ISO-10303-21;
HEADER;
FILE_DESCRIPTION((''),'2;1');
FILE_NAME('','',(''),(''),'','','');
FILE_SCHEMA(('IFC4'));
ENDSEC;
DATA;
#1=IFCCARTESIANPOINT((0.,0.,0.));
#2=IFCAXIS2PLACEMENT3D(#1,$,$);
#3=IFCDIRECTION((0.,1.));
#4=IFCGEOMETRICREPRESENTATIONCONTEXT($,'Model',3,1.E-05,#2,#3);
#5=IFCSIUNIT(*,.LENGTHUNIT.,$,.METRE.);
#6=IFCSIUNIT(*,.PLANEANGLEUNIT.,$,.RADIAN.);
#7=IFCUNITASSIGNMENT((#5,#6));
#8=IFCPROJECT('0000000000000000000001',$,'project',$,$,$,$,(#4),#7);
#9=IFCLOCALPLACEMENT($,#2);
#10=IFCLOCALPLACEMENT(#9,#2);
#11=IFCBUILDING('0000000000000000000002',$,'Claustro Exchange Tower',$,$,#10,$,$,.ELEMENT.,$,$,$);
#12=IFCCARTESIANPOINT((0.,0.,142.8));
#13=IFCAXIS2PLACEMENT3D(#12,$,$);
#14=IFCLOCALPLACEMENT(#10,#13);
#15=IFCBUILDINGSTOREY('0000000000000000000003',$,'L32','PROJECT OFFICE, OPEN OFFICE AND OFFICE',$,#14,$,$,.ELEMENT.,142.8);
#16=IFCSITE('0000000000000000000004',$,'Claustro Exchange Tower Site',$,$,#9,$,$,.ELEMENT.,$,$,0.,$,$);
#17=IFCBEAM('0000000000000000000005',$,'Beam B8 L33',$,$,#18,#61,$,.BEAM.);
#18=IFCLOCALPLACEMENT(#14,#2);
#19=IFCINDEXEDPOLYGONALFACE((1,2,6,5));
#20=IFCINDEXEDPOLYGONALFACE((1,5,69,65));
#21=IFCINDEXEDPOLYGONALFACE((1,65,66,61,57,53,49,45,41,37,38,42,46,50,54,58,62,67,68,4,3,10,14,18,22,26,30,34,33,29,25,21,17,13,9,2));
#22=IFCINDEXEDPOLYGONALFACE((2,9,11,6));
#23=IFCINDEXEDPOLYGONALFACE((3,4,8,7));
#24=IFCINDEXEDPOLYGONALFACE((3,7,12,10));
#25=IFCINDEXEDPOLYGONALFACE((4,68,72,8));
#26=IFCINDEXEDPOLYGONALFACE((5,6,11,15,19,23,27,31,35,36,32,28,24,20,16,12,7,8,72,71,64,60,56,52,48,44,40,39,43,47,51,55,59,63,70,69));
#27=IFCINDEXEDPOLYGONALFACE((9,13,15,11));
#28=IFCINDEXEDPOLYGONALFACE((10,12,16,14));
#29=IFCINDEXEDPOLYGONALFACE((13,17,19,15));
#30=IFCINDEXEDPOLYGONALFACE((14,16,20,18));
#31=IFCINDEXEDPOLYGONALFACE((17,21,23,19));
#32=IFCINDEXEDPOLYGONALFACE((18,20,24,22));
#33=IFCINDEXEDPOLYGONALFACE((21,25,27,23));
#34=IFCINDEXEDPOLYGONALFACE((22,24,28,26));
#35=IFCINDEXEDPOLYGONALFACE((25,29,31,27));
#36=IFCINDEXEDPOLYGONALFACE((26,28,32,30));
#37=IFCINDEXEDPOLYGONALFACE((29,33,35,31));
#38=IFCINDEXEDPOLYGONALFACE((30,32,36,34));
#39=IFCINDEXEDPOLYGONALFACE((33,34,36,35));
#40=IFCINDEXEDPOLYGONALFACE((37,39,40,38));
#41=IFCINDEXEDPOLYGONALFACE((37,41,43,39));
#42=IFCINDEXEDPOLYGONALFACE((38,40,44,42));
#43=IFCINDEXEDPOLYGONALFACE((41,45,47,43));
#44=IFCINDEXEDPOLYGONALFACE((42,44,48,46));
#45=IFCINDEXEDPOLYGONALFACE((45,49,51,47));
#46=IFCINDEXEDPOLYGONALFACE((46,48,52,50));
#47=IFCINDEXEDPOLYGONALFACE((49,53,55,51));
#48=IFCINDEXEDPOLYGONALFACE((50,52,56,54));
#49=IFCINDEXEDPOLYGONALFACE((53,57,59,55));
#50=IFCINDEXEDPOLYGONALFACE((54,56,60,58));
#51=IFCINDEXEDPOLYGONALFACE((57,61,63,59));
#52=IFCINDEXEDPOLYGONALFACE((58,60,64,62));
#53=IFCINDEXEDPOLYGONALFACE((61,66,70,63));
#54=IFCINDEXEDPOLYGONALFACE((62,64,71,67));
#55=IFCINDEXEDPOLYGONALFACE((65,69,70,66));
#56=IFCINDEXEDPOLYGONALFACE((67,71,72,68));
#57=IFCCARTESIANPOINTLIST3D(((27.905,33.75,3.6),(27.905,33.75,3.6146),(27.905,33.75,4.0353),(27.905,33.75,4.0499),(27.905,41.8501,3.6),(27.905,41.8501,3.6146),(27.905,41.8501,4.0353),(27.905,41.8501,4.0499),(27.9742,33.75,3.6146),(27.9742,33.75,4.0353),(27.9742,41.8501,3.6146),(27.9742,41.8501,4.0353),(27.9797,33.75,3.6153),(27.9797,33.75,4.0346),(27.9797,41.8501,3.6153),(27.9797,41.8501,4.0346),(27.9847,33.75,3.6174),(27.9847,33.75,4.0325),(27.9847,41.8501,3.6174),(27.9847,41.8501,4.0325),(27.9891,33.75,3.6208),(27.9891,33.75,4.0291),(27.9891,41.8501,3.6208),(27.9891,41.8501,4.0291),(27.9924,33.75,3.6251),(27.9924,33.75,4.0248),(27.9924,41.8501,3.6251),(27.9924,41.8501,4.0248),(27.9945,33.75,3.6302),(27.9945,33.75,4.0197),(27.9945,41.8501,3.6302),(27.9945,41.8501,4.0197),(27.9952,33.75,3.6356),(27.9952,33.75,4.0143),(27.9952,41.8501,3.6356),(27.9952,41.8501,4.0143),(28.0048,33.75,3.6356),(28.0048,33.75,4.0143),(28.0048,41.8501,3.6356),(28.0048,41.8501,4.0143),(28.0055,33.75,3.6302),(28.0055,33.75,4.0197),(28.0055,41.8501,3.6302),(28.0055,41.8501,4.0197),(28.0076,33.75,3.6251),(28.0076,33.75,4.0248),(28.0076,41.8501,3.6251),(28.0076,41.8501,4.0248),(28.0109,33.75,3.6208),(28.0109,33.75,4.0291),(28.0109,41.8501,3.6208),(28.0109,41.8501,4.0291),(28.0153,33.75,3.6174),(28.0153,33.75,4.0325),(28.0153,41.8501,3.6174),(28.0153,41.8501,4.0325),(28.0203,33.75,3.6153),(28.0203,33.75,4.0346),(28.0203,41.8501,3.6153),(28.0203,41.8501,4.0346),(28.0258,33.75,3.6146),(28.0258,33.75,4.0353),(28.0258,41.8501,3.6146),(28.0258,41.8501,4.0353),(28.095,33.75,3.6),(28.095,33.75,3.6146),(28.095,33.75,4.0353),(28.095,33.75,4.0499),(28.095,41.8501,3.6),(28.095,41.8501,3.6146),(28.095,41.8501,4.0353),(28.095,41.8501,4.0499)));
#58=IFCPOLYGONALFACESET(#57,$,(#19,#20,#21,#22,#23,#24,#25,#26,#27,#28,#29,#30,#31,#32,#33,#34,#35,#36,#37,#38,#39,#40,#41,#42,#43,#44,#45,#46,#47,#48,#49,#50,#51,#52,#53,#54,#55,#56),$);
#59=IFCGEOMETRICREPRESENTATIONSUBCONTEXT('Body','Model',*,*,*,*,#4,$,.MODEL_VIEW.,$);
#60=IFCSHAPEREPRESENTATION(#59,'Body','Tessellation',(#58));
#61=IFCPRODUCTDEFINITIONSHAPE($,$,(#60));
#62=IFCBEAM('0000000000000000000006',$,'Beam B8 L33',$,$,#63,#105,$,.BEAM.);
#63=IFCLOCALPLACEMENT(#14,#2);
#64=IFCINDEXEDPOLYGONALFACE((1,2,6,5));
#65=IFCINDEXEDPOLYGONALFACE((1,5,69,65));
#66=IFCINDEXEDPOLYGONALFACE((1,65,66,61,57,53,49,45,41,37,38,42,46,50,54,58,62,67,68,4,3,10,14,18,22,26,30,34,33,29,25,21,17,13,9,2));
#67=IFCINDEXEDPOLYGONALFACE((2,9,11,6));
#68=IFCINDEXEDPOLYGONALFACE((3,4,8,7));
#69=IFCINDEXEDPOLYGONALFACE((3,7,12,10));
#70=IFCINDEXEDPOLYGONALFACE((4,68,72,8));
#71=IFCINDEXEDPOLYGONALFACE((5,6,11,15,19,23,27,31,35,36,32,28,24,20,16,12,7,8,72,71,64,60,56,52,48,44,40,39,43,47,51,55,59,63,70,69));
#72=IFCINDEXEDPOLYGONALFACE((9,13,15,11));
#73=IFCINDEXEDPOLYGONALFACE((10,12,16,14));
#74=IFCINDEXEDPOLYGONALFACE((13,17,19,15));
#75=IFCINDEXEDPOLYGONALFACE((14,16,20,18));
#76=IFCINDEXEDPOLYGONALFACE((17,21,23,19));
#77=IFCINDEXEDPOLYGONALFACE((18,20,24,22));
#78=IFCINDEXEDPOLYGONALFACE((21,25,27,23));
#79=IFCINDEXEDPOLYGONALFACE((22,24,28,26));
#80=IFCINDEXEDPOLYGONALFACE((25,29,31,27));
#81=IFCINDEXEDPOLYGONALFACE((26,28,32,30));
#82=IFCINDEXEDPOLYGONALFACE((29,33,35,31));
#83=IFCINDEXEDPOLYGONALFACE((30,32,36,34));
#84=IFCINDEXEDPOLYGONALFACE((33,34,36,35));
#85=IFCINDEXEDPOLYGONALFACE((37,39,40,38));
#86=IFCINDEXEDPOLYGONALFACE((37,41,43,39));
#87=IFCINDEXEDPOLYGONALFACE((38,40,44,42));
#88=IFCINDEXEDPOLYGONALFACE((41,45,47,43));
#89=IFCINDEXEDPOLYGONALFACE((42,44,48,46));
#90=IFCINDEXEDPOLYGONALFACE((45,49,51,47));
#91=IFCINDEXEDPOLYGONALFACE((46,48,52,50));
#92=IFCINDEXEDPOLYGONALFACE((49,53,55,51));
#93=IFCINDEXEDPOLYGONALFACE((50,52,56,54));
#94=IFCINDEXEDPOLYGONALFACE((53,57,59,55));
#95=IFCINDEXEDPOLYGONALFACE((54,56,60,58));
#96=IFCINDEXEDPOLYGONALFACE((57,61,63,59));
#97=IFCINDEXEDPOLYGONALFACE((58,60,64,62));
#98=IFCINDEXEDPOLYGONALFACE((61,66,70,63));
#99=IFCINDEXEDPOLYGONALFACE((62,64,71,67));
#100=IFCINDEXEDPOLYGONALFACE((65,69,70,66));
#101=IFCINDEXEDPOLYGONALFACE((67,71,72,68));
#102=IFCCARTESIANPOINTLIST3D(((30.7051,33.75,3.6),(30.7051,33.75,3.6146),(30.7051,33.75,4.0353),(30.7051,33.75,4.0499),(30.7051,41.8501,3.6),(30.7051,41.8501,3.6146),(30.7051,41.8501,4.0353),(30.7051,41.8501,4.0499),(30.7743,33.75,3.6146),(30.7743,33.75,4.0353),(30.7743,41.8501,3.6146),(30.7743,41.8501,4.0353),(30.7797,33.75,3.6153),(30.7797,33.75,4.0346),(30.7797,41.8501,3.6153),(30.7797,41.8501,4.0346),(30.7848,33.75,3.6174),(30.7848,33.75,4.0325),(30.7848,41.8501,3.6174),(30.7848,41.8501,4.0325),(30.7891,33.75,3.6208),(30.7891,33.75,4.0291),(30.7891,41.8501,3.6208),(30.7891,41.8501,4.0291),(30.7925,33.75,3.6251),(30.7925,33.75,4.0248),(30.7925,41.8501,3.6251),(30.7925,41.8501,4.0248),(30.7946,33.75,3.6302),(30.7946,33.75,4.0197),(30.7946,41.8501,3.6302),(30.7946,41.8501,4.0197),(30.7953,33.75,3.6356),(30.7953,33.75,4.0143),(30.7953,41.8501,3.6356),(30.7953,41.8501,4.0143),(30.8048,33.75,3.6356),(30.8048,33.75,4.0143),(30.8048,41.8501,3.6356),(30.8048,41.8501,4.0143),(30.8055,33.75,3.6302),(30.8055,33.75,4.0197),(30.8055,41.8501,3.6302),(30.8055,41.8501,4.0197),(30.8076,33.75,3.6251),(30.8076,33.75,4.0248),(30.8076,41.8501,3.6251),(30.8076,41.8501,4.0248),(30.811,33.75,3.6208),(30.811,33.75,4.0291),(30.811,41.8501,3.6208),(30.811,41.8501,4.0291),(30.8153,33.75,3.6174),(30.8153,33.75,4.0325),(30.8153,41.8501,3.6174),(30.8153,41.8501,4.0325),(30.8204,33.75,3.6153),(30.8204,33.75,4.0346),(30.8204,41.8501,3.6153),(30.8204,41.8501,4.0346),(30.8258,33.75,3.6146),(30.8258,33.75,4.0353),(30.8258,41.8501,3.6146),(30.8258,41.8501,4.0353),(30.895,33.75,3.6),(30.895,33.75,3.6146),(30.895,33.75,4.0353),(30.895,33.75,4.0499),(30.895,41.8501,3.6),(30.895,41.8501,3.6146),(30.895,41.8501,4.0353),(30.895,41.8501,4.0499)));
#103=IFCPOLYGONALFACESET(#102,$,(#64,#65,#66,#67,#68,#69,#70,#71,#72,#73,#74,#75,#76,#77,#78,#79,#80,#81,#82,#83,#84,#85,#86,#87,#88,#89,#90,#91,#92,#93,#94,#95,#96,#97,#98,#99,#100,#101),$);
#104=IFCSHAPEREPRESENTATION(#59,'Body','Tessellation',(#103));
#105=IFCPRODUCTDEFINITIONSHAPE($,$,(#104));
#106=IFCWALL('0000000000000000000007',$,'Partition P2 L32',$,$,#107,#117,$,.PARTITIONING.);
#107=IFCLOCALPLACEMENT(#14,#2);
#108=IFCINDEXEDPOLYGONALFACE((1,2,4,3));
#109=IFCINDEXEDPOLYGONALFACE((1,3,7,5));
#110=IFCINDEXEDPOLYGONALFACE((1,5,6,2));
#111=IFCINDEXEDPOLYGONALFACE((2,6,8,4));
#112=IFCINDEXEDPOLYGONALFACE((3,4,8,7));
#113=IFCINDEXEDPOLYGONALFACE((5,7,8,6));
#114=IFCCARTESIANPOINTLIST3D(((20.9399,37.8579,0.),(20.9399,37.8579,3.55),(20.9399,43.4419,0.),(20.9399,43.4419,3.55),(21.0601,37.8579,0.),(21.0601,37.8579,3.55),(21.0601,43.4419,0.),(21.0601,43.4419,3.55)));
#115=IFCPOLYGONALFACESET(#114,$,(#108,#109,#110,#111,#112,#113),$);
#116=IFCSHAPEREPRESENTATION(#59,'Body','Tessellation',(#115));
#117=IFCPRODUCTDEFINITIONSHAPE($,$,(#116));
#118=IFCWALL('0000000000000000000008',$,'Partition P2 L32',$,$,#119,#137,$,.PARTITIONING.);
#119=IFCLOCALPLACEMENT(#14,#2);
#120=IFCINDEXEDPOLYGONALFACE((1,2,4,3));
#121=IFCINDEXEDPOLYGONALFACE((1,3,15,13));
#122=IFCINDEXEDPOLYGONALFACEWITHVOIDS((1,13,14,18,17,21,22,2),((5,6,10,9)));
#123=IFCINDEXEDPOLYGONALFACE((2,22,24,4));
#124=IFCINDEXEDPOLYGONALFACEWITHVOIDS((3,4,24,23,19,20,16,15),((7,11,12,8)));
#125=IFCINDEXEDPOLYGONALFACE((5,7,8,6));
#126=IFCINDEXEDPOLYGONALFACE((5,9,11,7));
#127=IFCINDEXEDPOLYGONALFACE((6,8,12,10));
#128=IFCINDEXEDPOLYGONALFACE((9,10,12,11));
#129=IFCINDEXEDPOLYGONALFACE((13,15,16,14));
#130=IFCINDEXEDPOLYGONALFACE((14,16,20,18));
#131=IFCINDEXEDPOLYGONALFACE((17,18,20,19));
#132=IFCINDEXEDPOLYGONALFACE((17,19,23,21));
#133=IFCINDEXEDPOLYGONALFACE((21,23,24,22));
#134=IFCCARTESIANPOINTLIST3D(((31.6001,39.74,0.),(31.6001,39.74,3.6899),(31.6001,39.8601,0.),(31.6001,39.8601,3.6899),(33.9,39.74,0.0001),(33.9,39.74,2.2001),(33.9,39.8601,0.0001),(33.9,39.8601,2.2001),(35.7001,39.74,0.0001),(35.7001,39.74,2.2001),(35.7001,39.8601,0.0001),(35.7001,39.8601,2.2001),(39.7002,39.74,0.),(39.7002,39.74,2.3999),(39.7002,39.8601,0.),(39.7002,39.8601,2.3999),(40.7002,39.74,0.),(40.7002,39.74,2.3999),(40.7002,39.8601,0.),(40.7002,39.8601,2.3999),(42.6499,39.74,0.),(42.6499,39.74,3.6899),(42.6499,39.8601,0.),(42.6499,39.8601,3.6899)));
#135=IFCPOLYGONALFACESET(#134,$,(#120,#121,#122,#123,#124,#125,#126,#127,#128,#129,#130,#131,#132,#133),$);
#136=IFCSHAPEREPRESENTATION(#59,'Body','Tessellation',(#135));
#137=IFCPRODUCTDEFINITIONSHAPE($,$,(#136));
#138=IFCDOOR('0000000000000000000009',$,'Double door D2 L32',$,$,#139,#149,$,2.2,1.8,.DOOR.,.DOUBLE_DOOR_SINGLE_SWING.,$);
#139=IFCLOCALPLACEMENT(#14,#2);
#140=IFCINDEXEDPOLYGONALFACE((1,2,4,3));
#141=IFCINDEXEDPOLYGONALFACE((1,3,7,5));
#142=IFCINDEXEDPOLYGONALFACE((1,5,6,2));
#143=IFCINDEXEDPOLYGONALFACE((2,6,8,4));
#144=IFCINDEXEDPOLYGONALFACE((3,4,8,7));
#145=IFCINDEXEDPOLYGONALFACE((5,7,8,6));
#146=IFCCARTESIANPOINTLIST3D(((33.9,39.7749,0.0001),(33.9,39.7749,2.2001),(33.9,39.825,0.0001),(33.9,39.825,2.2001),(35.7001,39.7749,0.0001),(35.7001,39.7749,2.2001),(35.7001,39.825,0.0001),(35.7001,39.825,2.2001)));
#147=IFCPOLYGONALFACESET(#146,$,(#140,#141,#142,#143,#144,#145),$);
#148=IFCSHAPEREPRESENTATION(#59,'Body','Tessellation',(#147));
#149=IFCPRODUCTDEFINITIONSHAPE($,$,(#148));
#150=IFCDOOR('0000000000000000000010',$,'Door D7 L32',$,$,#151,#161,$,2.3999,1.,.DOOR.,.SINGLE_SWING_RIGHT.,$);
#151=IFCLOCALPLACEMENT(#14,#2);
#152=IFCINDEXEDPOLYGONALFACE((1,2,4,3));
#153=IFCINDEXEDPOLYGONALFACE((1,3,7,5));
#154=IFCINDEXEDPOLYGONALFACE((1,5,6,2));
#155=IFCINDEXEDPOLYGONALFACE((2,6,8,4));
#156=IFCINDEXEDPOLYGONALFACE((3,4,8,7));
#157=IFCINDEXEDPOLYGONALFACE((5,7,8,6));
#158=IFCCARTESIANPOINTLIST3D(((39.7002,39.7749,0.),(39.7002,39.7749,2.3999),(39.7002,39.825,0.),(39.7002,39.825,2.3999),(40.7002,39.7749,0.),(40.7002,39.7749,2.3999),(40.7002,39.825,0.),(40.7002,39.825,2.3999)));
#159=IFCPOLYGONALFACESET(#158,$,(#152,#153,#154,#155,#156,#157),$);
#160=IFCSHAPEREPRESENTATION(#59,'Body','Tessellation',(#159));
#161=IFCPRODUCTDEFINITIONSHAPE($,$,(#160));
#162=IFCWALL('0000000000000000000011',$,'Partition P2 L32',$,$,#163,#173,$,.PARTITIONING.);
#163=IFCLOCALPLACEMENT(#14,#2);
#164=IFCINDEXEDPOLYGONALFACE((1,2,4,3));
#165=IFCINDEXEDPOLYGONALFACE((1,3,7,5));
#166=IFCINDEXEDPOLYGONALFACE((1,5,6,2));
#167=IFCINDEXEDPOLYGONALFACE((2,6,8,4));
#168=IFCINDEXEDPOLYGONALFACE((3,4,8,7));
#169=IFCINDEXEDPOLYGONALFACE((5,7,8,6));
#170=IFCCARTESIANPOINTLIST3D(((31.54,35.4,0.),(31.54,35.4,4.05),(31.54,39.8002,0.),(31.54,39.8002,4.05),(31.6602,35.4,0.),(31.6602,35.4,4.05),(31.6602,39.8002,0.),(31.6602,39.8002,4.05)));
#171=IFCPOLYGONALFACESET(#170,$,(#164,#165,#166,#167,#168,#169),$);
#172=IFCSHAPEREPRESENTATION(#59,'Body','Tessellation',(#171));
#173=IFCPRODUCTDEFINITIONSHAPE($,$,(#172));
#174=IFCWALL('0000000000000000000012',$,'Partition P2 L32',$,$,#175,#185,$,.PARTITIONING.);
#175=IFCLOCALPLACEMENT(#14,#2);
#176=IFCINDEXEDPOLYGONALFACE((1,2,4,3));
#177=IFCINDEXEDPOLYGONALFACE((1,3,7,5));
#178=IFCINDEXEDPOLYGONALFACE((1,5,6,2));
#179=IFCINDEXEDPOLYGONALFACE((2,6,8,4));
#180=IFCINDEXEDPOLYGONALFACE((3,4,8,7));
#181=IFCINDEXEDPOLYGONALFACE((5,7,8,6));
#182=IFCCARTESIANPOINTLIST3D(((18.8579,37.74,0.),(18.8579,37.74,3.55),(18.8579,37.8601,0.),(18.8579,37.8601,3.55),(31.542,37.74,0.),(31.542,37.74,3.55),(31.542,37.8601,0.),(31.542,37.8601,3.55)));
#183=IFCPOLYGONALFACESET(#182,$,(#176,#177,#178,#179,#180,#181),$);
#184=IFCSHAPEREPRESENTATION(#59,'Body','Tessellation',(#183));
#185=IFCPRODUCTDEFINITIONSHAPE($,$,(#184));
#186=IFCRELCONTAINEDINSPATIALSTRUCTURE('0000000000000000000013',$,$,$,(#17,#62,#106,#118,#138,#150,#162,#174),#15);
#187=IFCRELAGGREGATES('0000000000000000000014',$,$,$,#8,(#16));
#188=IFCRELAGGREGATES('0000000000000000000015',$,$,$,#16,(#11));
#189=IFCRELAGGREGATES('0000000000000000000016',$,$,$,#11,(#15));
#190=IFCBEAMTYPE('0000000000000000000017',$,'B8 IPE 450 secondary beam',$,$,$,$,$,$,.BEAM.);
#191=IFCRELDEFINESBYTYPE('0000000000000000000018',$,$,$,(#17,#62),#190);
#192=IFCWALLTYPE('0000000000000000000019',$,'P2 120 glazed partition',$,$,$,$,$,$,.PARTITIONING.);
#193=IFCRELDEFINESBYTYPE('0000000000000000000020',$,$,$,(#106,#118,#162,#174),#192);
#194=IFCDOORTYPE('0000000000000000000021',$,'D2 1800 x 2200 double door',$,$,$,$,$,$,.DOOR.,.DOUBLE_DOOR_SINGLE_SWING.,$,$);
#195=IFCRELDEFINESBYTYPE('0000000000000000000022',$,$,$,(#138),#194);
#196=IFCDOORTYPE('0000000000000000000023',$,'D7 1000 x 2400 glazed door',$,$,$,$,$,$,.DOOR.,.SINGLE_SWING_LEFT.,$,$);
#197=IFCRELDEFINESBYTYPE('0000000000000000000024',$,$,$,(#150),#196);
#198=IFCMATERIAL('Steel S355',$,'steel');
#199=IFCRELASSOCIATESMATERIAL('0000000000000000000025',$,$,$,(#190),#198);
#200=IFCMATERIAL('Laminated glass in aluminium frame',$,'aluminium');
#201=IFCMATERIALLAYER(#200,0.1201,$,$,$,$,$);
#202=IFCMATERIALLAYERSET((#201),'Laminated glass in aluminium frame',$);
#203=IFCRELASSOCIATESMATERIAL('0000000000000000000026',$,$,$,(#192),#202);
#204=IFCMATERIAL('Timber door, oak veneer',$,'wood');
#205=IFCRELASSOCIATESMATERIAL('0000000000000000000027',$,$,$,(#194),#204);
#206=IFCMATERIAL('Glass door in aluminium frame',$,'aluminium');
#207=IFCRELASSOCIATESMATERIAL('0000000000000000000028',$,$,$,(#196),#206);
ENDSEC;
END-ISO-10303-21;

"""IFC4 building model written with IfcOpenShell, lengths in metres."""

from ifc_helpers import new_model, si_unit, direction, frame, frame_2d, origin, origin_2d, place, context, subcontext, project, spatial, rectangle, i_section, extrude, material, layer, layer_set, material_profile, profile_set, type_object, element, fill, save


model = new_model("IFC4")

# Units and contexts
model_context = context("Model", 3, precision=1e-05, world=origin(), true_north=direction((0.0, 1.0)))
body_context = subcontext(model_context, "Body", "Model", "MODEL_VIEW")
ifc_project = project(units=[si_unit("LENGTHUNIT", "METRE"), si_unit("PLANEANGLEUNIT", "RADIAN")], contexts=[model_context])

# Site, building, storey
site_placement = place(None, origin())
site = spatial("IfcSite", under=ifc_project, at=site_placement, Name="Claustro Exchange Tower Site", CompositionType="ELEMENT", RefElevation=0.0)
building_placement = place(site_placement, origin())
building = spatial("IfcBuilding", under=site, at=building_placement, Name="Claustro Exchange Tower", CompositionType="ELEMENT")
storey_placement = place(building_placement, frame((0.0, 0.0, 142.8)))
storey = spatial("IfcBuildingStorey", under=building, at=storey_placement, Name="L32", Description="PROJECT OFFICE, OPEN OFFICE AND OFFICE", CompositionType="ELEMENT", Elevation=142.8)

# Beams
ifc_material_1 = material(Name="Steel S355", Category="steel")
ifc_material_profile_1 = material_profile(ifc_material_1, i_section(OverallWidth=0.1899, OverallDepth=0.45, WebThickness=0.0095, FlangeThickness=0.0146, FilletRadius=0.021, at=origin_2d()), Name="IPE 450")
ifc_profile_set_1 = profile_set([ifc_material_profile_1], Name="Steel S355")
beam_type_1 = type_object("IfcBeamType", Name="B8 IPE 450 secondary beam", PredefinedType="BEAM", material=ifc_profile_set_1)
for number, where, z_axis, x_axis, name in (
    (1, (28.0, 33.75, 3.825), (0.0, 1.0, 0.0), (-1.0, 0.0, 0.0), "Beam B8 L33"),
    (2, (30.8, 33.75, 3.825), (0.0, 1.0, 0.0), (-1.0, 0.0, 0.0), "Beam B8 L33"),
):
    element("IfcBeam", number, at=place(storey_placement, frame(where, z_axis=z_axis, x_axis=x_axis)), inside=storey, type_object=beam_type_1, Name=name, PredefinedType="BEAM", context=body_context, shape_type="SweptSolid", body=[
        extrude(i_section(OverallWidth=0.1899, OverallDepth=0.45, WebThickness=0.0095, FlangeThickness=0.0146, FilletRadius=0.021, at=origin_2d()), origin(), (0.0, 0.0, 1.0), 8.1001),
    ])

# Wall
ifc_material_2 = material(Name="Laminated glass in aluminium frame", Category="aluminium")
ifc_layer_1 = layer(ifc_material_2, 0.1201)
ifc_layer_set_1 = layer_set([ifc_layer_1], Name="Laminated glass in aluminium frame")
wall_type_1 = type_object("IfcWallType", Name="P2 120 glazed partition", PredefinedType="PARTITIONING", material=ifc_layer_set_1)
wall_1_placement = place(storey_placement, frame((21.0, 37.8579, 0.0), z_axis=(0.0, 0.0, 1.0), x_axis=(0.0, 1.0, 0.0)))
element("IfcWall", 3, at=wall_1_placement, inside=storey, type_object=wall_type_1, Name="Partition P2 L32", PredefinedType="PARTITIONING", context=body_context, shape_type="SweptSolid", body=[
    extrude(rectangle(XDim=5.584, YDim=0.1201, at=frame_2d((2.792, 0.0))), origin(), (0.0, 0.0, 1.0), 3.55),
])

# Wall, openings, doors
wall_2_placement = place(storey_placement, frame((31.6001, 39.8, 0.0), z_axis=(0.0, 0.0, 1.0), x_axis=(1.0, 0.0, 0.0)))
wall_2 = element("IfcWall", 4, at=wall_2_placement, inside=storey, type_object=wall_type_1, Name="Partition P2 L32", PredefinedType="PARTITIONING", context=body_context, shape_type="SweptSolid", body=[
    extrude(rectangle(XDim=11.0498, YDim=0.1201, at=frame_2d((5.5249, 0.0))), origin(), (0.0, 0.0, 1.0), 3.6899),
])
opening_1_placement = place(wall_2_placement, frame((2.3, 0.0, 0.0)))
opening_1 = element("IfcOpeningElement", 5, at=opening_1_placement, cuts=wall_2, PredefinedType="OPENING", context=body_context, shape_type="SweptSolid", body=[
    extrude(rectangle(XDim=1.8, YDim=2.2, at=frame_2d((0.8999, 1.1001))), frame((0.0, 0.0701, 0.0), z_axis=(0.0, -1.0, 0.0), x_axis=(1.0, 0.0, 0.0)), (0.0, 0.0, 1.0), 0.1401),
])
opening_2_placement = place(wall_2_placement, frame((8.1001, 0.0, 0.0)))
opening_2 = element("IfcOpeningElement", 6, at=opening_2_placement, cuts=wall_2, PredefinedType="OPENING", context=body_context, shape_type="SweptSolid", body=[
    extrude(rectangle(XDim=1.0, YDim=2.3999, at=frame_2d((0.5, 1.2))), frame((0.0, 0.0701, 0.0), z_axis=(0.0, -1.0, 0.0), x_axis=(1.0, 0.0, 0.0)), (0.0, 0.0, 1.0), 0.1401),
])
ifc_material_3 = material(Name="Timber door, oak veneer", Category="wood")
door_type_1 = type_object("IfcDoorType", Name="D2 1800 x 2200 double door", OperationType="DOUBLE_DOOR_SINGLE_SWING", PredefinedType="DOOR", material=ifc_material_3)
door_1_placement = place(opening_1_placement, origin())
door_1 = element("IfcDoor", 7, at=door_1_placement, inside=storey, type_object=door_type_1, Name="Double door D2 L32", OperationType="DOUBLE_DOOR_SINGLE_SWING", OverallHeight=2.2, OverallWidth=1.8, PredefinedType="DOOR", context=body_context, shape_type="SweptSolid", body=[
    extrude(rectangle(XDim=1.8, YDim=2.2, at=frame_2d((0.8999, 1.1001))), frame((0.0, 0.0249, 0.0), z_axis=(0.0, -1.0, 0.0), x_axis=(1.0, 0.0, 0.0)), (0.0, 0.0, 1.0), 0.05),
])
fill(opening_1, door_1)
ifc_material_4 = material(Name="Glass door in aluminium frame", Category="aluminium")
door_type_2 = type_object("IfcDoorType", Name="D7 1000 x 2400 glazed door", OperationType="SINGLE_SWING_LEFT", PredefinedType="DOOR", material=ifc_material_4)
door_2_placement = place(opening_2_placement, origin())
door_2 = element("IfcDoor", 8, at=door_2_placement, inside=storey, type_object=door_type_2, Name="Door D7 L32", OperationType="SINGLE_SWING_RIGHT", OverallHeight=2.3999, OverallWidth=1.0, PredefinedType="DOOR", context=body_context, shape_type="SweptSolid", body=[
    extrude(rectangle(XDim=1.0, YDim=2.3999, at=frame_2d((0.5, 1.2))), frame((0.0, 0.0249, 0.0), z_axis=(0.0, -1.0, 0.0), x_axis=(1.0, 0.0, 0.0)), (0.0, 0.0, 1.0), 0.05),
])
fill(opening_2, door_2)

# Walls
wall_3_placement = place(storey_placement, frame((31.6001, 35.3999, 0.0), z_axis=(0.0, 0.0, 1.0), x_axis=(0.0, 1.0, 0.0)))
element("IfcWall", 9, at=wall_3_placement, inside=storey, type_object=wall_type_1, Name="Partition P2 L32", PredefinedType="PARTITIONING", context=body_context, shape_type="SweptSolid", body=[
    extrude(rectangle(XDim=4.4001, YDim=0.1201, at=frame_2d((2.2002, 0.0))), origin(), (0.0, 0.0, 1.0), 4.05),
])
wall_4_placement = place(storey_placement, frame((18.8579, 37.8, 0.0), z_axis=(0.0, 0.0, 1.0), x_axis=(1.0, 0.0, 0.0)))
element("IfcWall", 10, at=wall_4_placement, inside=storey, type_object=wall_type_1, Name="Partition P2 L32", PredefinedType="PARTITIONING", context=body_context, shape_type="SweptSolid", body=[
    extrude(rectangle(XDim=12.6841, YDim=0.1201, at=frame_2d((6.342, 0.0))), origin(), (0.0, 0.0, 1.0), 3.55),
])

save(model, "model.ifc")
